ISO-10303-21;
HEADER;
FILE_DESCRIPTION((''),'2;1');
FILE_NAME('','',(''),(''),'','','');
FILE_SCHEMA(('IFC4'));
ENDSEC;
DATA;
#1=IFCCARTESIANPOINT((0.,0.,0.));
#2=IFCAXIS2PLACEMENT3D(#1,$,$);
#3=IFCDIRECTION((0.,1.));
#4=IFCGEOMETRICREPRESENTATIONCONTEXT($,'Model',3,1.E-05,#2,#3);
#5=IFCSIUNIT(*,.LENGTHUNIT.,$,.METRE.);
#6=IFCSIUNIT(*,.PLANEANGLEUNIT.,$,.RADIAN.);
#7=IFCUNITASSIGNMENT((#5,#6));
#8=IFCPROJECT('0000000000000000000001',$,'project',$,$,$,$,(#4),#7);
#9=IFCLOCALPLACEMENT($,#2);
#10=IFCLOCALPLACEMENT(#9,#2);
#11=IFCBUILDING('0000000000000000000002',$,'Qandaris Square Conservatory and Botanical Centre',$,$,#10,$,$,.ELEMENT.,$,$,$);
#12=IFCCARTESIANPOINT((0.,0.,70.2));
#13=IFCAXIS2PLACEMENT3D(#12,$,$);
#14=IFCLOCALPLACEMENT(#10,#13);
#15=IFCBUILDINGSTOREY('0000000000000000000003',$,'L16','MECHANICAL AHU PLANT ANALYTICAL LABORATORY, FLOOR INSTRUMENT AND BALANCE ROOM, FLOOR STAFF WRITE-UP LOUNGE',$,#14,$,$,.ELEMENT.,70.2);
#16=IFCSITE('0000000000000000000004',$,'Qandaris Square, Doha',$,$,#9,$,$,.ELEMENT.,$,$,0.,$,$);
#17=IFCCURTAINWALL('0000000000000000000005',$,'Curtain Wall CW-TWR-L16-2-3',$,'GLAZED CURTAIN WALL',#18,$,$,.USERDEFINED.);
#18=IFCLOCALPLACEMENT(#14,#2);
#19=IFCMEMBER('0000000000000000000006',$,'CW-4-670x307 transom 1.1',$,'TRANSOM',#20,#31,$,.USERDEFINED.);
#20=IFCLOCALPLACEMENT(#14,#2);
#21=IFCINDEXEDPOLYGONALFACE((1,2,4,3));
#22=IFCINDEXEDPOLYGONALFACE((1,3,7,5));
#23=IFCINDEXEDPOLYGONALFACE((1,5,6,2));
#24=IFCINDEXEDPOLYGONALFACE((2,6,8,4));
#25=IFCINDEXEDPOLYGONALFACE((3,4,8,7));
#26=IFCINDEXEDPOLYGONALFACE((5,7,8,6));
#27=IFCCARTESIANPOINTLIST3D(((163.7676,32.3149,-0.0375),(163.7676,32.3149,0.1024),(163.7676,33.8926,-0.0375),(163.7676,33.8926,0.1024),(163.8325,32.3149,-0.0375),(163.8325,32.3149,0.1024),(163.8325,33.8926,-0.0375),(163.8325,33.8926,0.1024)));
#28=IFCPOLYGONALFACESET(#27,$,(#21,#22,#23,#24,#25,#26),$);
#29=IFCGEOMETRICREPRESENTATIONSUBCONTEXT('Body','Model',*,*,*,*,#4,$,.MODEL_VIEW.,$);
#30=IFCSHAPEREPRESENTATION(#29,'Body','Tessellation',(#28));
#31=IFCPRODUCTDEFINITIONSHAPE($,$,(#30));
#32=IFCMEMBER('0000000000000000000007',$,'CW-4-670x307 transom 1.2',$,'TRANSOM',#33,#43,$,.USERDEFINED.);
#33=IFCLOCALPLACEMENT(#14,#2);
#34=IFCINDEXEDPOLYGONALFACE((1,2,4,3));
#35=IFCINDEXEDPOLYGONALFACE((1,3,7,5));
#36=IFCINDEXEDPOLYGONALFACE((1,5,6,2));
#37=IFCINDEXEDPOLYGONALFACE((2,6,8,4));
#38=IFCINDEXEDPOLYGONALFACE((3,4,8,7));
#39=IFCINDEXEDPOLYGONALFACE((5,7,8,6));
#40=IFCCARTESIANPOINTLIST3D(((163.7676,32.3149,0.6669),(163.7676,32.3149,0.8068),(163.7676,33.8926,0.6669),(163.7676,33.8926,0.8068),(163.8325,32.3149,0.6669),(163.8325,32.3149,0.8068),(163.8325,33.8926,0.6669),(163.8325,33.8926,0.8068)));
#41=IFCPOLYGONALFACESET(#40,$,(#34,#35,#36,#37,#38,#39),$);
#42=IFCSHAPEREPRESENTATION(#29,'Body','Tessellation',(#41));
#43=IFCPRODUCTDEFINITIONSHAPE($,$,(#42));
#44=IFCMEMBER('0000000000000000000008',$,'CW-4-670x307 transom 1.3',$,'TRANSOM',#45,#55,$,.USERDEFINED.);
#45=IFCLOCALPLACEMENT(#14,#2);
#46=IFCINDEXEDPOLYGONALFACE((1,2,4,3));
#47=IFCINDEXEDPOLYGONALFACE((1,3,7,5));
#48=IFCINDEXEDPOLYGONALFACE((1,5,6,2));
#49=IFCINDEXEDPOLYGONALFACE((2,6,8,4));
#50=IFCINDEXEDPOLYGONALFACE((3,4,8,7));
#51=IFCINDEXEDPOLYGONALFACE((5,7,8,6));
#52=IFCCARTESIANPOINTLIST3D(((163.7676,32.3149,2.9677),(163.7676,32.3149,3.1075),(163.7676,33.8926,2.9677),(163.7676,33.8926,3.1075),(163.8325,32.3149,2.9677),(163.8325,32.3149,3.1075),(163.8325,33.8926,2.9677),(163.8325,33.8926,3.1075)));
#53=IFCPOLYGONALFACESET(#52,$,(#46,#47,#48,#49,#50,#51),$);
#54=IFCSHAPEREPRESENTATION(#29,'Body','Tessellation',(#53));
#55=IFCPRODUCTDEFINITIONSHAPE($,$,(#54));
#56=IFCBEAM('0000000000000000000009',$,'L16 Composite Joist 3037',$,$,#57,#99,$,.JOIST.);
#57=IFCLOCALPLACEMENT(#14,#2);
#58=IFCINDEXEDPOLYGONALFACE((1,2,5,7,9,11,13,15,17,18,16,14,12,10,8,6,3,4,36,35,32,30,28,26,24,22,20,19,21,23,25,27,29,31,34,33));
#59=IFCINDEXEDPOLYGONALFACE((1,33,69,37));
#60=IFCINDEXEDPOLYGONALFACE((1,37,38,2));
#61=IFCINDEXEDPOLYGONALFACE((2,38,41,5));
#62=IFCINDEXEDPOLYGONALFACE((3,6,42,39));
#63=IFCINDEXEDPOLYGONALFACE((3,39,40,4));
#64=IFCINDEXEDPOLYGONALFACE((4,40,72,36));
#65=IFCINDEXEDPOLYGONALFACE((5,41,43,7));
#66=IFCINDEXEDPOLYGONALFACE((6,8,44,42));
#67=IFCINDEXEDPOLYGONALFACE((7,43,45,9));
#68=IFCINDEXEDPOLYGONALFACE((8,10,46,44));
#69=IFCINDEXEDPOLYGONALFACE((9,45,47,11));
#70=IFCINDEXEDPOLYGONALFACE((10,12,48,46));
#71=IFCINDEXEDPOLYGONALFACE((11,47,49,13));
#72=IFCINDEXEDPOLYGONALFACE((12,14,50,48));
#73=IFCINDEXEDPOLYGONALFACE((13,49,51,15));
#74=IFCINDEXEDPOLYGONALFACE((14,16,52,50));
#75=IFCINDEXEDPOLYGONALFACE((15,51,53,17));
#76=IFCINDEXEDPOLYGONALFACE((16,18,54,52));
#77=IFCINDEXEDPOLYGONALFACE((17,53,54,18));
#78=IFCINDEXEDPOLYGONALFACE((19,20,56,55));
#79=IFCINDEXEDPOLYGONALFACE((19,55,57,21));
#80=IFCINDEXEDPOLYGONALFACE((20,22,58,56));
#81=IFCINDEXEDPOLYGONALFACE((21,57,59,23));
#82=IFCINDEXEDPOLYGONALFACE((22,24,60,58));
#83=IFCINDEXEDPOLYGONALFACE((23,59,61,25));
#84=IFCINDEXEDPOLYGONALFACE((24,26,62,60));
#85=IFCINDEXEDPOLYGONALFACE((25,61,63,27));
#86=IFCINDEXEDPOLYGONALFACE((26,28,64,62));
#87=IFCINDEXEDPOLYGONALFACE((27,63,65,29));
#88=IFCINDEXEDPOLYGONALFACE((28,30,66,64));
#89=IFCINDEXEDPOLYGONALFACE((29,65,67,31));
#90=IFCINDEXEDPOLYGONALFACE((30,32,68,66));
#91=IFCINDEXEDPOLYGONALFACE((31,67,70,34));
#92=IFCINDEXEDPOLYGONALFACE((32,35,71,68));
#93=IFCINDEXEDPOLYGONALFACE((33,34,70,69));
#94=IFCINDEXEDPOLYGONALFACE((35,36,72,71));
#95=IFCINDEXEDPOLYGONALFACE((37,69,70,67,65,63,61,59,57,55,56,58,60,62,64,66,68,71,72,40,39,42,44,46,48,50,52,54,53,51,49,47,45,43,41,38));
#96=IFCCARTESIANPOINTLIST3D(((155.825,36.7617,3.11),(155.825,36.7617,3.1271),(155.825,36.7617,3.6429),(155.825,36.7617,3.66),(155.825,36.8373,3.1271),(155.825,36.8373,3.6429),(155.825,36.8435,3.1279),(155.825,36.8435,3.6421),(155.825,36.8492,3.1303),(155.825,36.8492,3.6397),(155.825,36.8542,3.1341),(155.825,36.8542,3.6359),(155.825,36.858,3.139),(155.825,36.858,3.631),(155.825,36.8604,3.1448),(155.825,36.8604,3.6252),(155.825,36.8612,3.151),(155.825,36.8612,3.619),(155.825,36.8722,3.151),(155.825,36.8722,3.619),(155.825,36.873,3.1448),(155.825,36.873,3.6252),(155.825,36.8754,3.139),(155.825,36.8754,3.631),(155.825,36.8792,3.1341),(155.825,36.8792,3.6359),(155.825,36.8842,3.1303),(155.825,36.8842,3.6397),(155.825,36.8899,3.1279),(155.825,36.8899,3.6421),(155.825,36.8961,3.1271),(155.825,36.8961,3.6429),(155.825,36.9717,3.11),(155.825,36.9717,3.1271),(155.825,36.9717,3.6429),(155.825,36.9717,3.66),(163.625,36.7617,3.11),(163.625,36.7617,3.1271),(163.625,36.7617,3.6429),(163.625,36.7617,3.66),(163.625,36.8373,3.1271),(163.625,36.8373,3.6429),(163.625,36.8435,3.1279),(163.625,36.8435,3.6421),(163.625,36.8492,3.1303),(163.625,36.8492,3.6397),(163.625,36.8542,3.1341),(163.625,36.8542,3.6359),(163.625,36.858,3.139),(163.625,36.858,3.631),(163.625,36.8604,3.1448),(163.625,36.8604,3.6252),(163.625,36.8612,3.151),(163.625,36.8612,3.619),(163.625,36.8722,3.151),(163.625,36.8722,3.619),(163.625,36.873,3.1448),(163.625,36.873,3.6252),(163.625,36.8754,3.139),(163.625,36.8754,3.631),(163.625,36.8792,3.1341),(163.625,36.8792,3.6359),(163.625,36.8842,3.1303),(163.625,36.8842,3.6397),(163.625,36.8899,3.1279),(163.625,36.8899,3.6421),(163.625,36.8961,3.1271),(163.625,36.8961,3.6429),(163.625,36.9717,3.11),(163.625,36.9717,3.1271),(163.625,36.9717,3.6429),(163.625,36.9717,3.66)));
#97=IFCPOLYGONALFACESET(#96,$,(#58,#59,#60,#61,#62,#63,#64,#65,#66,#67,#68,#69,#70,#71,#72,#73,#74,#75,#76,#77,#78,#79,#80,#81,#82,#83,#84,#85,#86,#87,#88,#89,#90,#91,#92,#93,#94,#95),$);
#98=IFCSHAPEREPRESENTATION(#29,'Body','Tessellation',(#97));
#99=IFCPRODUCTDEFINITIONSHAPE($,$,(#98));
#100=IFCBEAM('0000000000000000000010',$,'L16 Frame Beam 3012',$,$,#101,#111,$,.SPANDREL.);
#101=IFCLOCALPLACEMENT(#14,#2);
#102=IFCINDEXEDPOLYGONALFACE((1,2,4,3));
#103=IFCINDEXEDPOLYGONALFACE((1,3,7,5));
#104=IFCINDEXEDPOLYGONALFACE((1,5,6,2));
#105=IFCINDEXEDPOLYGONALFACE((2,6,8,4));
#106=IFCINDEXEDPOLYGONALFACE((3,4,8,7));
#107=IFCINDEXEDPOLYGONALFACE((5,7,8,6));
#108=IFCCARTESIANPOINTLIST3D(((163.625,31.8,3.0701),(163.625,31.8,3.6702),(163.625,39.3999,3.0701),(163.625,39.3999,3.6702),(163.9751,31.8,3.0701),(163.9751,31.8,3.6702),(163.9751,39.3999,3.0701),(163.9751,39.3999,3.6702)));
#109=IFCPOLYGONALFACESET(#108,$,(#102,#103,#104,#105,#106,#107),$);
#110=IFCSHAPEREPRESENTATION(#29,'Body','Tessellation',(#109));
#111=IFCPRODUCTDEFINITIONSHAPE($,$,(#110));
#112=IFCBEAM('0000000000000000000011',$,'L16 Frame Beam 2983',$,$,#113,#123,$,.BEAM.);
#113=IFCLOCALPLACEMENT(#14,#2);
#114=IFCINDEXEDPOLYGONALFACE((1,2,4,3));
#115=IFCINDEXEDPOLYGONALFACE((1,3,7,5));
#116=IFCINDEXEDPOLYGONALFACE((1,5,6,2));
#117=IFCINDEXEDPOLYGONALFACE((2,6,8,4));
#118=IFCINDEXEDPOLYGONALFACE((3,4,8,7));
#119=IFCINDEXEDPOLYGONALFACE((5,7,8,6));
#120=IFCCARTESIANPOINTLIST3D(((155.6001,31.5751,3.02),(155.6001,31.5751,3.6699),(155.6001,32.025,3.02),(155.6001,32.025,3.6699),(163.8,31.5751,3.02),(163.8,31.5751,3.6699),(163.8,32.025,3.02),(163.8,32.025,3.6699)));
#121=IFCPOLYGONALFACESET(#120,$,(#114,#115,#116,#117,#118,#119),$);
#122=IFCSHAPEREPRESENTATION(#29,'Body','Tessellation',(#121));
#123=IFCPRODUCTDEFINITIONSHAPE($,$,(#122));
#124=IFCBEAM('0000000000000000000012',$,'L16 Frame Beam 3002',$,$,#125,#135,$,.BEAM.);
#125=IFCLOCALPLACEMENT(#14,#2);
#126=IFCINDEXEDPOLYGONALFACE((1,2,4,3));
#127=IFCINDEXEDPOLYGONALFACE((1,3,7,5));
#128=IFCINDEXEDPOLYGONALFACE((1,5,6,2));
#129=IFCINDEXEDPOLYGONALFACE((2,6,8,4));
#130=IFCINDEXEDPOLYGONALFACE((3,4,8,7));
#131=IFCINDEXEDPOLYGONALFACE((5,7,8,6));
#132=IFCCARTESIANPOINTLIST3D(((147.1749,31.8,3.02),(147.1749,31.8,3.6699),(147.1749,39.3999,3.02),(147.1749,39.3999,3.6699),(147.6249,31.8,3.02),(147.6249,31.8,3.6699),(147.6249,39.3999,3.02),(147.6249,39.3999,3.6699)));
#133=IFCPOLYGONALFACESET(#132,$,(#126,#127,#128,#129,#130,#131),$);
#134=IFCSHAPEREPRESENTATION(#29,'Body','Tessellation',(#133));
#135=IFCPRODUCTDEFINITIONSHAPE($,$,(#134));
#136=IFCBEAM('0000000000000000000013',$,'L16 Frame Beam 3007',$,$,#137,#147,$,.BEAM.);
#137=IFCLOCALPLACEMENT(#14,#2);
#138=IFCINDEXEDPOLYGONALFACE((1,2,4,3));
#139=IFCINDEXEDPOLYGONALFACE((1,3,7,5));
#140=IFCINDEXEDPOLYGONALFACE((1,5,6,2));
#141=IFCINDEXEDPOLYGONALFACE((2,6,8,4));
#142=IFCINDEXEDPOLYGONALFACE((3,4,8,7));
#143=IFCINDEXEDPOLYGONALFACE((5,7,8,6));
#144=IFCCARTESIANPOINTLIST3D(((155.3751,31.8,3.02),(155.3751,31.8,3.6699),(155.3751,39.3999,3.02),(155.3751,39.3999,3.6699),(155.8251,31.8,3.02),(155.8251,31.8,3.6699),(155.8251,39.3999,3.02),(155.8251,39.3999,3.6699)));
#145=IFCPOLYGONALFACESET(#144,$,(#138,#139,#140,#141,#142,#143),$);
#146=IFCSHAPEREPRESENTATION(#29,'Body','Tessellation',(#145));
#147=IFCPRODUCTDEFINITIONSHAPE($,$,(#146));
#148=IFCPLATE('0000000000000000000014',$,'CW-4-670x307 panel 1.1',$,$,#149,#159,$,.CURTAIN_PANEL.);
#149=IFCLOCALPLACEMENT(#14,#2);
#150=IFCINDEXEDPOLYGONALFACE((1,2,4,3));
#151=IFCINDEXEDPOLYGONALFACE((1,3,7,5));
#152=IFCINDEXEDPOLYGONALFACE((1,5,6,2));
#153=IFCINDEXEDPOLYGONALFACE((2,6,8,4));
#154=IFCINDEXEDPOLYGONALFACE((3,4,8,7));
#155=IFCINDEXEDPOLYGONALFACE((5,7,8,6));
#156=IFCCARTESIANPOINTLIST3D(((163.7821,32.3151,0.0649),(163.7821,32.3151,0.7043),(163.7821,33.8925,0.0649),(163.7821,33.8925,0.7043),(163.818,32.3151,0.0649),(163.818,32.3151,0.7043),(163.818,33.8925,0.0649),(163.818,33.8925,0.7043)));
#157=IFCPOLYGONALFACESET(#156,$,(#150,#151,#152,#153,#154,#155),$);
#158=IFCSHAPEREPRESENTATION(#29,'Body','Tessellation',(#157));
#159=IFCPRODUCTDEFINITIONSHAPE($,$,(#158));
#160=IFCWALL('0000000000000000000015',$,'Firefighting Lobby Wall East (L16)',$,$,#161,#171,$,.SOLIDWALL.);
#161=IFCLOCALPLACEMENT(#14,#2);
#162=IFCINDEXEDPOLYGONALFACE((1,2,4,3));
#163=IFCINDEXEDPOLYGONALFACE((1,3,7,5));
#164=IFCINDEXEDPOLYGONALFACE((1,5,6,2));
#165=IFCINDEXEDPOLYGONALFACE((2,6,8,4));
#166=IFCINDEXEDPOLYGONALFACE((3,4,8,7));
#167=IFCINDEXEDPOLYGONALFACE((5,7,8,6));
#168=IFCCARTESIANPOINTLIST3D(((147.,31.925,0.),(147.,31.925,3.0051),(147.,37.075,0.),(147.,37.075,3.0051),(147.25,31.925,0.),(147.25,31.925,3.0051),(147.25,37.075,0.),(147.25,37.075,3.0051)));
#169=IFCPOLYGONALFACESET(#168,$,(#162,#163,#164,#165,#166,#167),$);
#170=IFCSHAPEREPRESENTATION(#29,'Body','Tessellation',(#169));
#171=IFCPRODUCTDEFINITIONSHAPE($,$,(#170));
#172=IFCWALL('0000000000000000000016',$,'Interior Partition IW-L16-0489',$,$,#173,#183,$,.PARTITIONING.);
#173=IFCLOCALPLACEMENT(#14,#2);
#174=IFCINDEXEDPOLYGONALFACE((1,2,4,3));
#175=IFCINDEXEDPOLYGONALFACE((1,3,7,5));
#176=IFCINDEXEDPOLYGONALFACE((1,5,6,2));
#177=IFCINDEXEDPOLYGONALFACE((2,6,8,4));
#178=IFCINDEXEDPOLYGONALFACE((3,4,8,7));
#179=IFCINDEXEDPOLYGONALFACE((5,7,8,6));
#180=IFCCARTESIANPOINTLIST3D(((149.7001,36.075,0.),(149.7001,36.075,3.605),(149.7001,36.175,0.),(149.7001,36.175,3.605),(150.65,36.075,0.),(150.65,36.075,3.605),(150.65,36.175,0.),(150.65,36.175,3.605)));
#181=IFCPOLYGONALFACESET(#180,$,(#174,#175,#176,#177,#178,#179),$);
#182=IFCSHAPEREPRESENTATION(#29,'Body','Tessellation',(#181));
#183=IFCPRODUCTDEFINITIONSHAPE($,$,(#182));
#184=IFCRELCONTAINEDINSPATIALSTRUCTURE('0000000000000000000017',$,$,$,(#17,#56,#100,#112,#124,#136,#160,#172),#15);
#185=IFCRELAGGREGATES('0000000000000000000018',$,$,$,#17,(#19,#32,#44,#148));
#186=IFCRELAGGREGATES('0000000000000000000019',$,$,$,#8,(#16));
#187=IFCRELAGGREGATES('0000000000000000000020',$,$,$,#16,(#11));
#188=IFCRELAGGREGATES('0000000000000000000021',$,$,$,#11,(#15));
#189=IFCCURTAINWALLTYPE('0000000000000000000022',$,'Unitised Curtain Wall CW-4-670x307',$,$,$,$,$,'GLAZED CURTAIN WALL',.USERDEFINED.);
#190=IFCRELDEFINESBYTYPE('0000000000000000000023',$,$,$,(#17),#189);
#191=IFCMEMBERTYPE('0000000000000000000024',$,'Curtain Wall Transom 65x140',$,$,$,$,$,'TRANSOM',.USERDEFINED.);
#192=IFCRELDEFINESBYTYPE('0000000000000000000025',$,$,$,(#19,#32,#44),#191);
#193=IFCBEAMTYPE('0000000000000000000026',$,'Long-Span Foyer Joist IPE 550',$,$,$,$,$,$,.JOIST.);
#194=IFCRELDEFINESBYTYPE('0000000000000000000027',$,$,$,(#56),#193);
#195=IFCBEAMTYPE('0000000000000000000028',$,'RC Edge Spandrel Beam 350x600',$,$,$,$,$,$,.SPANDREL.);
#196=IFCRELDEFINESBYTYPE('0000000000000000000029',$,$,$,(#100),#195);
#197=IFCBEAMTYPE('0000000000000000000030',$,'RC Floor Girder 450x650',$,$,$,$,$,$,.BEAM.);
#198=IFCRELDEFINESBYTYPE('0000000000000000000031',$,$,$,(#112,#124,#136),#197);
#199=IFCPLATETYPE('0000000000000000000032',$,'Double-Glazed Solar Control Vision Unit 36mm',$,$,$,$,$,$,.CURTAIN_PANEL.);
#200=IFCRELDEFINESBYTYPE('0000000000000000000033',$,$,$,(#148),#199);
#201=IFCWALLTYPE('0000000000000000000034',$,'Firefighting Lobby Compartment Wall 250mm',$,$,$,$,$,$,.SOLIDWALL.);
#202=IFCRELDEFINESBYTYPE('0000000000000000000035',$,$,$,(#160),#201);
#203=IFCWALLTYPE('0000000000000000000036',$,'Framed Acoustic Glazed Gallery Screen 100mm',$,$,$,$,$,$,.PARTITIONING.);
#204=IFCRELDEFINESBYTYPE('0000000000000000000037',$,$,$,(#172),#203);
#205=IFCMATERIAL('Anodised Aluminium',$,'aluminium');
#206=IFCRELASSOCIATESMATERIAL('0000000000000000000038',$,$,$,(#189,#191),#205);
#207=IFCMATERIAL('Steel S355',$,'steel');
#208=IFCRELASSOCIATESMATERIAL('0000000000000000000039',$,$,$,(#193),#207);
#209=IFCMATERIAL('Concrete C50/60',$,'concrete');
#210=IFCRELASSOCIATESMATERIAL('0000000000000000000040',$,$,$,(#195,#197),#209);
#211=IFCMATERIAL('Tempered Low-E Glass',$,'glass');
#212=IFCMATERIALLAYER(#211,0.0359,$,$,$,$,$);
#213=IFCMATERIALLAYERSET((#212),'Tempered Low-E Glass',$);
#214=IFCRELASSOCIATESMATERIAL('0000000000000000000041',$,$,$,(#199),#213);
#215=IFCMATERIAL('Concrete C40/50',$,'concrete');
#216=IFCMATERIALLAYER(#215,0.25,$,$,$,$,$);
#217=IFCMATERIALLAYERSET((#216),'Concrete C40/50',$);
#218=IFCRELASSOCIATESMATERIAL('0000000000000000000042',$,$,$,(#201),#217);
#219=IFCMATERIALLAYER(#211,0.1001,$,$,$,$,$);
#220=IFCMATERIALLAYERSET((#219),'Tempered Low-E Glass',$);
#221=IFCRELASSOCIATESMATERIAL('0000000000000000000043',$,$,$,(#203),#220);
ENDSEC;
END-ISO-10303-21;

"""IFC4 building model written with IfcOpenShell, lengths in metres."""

from ifc_helpers import new_model, si_unit, direction, frame, frame_2d, origin, origin_2d, place, context, subcontext, project, spatial, rectangle, i_section, extrude, material, layer, layer_set, material_profile, profile_set, type_object, element, aggregate, save


model = new_model("IFC4")

# Units and contexts
model_context = context("Model", 3, precision=1e-05, world=origin(), true_north=direction((0.0, 1.0)))
body_context = subcontext(model_context, "Body", "Model", "MODEL_VIEW")
ifc_project = project(units=[si_unit("LENGTHUNIT", "METRE"), si_unit("PLANEANGLEUNIT", "RADIAN")], contexts=[model_context])

# Site, building, storey
site_placement = place(None, origin())
site = spatial("IfcSite", under=ifc_project, at=site_placement, Name="Qandaris Square, Doha", CompositionType="ELEMENT", RefElevation=0.0)
building_placement = place(site_placement, origin())
building = spatial("IfcBuilding", under=site, at=building_placement, Name="Qandaris Square Conservatory and Botanical Centre", CompositionType="ELEMENT")
storey_placement = place(building_placement, frame((0.0, 0.0, 70.2)))
storey = spatial("IfcBuildingStorey", under=building, at=storey_placement, Name="L16", Description="MECHANICAL AHU PLANT ANALYTICAL LABORATORY, FLOOR INSTRUMENT AND BALANCE ROOM, FLOOR STAFF WRITE-UP LOUNGE", CompositionType="ELEMENT", Elevation=70.2)

# Shared definitions
ifc_material_1 = material(Name="Concrete C50/60", Category="concrete")

# Shared definitions
ifc_material_2 = material(Name="Steel S355", Category="steel")

# Curtain wall, members
ifc_material_3 = material(Name="Anodised Aluminium", Category="aluminium")
curtain_wall_type = type_object("IfcCurtainWallType", Name="Unitised Curtain Wall CW-4-670x307", ElementType="GLAZED CURTAIN WALL", PredefinedType="USERDEFINED", material=ifc_material_3)
curtain_wall_placement = place(storey_placement, origin())
curtain_wall = element("IfcCurtainWall", 1, at=curtain_wall_placement, inside=storey, type_object=curtain_wall_type, Name="Curtain Wall CW-TWR-L16-2-3", ObjectType="GLAZED CURTAIN WALL", PredefinedType="USERDEFINED")
ifc_material_profile_1 = material_profile(ifc_material_3, rectangle(XDim=0.0649, YDim=0.1399, at=origin_2d()), Name="ALU-TRN 65x140")
ifc_profile_set_1 = profile_set([ifc_material_profile_1], Name="Anodised Aluminium")
member_type_1 = type_object("IfcMemberType", Name="Curtain Wall Transom 65x140", ElementType="TRANSOM", PredefinedType="USERDEFINED", material=ifc_profile_set_1)
member_1_placement = place(storey_placement, frame((163.8, 32.3149, 0.0325), z_axis=(0.0, 1.0, 0.0), x_axis=(-1.0, 0.0, 0.0)))
member_1 = element("IfcMember", 2, at=member_1_placement, type_object=member_type_1, Name="CW-4-670x307 transom 1.1", ObjectType="TRANSOM", PredefinedType="USERDEFINED", context=body_context, shape_type="SweptSolid", body=[
    extrude(rectangle(XDim=0.0649, YDim=0.1399, at=origin_2d()), origin(), (0.0, 0.0, 1.0), 1.5776),
])
member_2_placement = place(storey_placement, frame((163.8, 32.3149, 0.7368), z_axis=(0.0, 1.0, 0.0), x_axis=(-1.0, 0.0, 0.0)))
member_2 = element("IfcMember", 3, at=member_2_placement, type_object=member_type_1, Name="CW-4-670x307 transom 1.2", ObjectType="TRANSOM", PredefinedType="USERDEFINED", context=body_context, shape_type="SweptSolid", body=[
    extrude(rectangle(XDim=0.0649, YDim=0.1399, at=origin_2d()), origin(), (0.0, 0.0, 1.0), 1.5776),
])
member_3_placement = place(storey_placement, frame((163.8, 32.3149, 3.0376), z_axis=(0.0, 1.0, 0.0), x_axis=(-1.0, 0.0, 0.0)))
member_3 = element("IfcMember", 4, at=member_3_placement, type_object=member_type_1, Name="CW-4-670x307 transom 1.3", ObjectType="TRANSOM", PredefinedType="USERDEFINED", context=body_context, shape_type="SweptSolid", body=[
    extrude(rectangle(XDim=0.0649, YDim=0.1399, at=origin_2d()), origin(), (0.0, 0.0, 1.0), 1.5776),
])

# Beams
ifc_material_profile_2 = material_profile(ifc_material_2, i_section(OverallWidth=0.21, OverallDepth=0.55, WebThickness=0.011, FlangeThickness=0.0171, FilletRadius=0.0239, at=origin_2d()), Name="IPE 550")
ifc_profile_set_2 = profile_set([ifc_material_profile_2], Name="Steel S355")
beam_type_1 = type_object("IfcBeamType", Name="Long-Span Foyer Joist IPE 550", PredefinedType="JOIST", material=ifc_profile_set_2)
beam_1_placement = place(storey_placement, frame((155.825, 36.8667, 3.385), z_axis=(1.0, 0.0, 0.0), x_axis=(0.0, 1.0, 0.0)))
element("IfcBeam", 5, at=beam_1_placement, inside=storey, type_object=beam_type_1, Name="L16 Composite Joist 3037", PredefinedType="JOIST", context=body_context, shape_type="SweptSolid", body=[
    extrude(i_section(OverallWidth=0.21, OverallDepth=0.55, WebThickness=0.011, FlangeThickness=0.0171, FilletRadius=0.0239, at=origin_2d()), origin(), (0.0, 0.0, 1.0), 7.8),
])
ifc_material_profile_3 = material_profile(ifc_material_1, rectangle(XDim=0.3501, YDim=0.6001, at=origin_2d()), Name="RC-SP 350x600")
ifc_profile_set_3 = profile_set([ifc_material_profile_3], Name="Concrete C50/60")
beam_type_2 = type_object("IfcBeamType", Name="RC Edge Spandrel Beam 350x600", PredefinedType="SPANDREL", material=ifc_profile_set_3)
beam_2_placement = place(storey_placement, frame((163.8, 31.8, 3.3701), z_axis=(0.0, 1.0, 0.0), x_axis=(-1.0, 0.0, 0.0)))
element("IfcBeam", 6, at=beam_2_placement, inside=storey, type_object=beam_type_2, Name="L16 Frame Beam 3012", PredefinedType="SPANDREL", context=body_context, shape_type="SweptSolid", body=[
    extrude(rectangle(XDim=0.3501, YDim=0.6001, at=origin_2d()), origin(), (0.0, 0.0, 1.0), 7.5999),
])
ifc_material_profile_4 = material_profile(ifc_material_1, rectangle(XDim=0.45, YDim=0.6499, at=origin_2d()), Name="RC-BM 450x650")
ifc_profile_set_4 = profile_set([ifc_material_profile_4], Name="Concrete C50/60")
beam_type_3 = type_object("IfcBeamType", Name="RC Floor Girder 450x650", PredefinedType="BEAM", material=ifc_profile_set_4)
beam_3_placement = place(storey_placement, frame((155.6001, 31.8, 3.345), z_axis=(1.0, 0.0, 0.0), x_axis=(0.0, 1.0, 0.0)))
element("IfcBeam", 7, at=beam_3_placement, inside=storey, type_object=beam_type_3, Name="L16 Frame Beam 2983", PredefinedType="BEAM", context=body_context, shape_type="SweptSolid", body=[
    extrude(rectangle(XDim=0.45, YDim=0.6499, at=origin_2d()), origin(), (0.0, 0.0, 1.0), 8.2),
])
for number, where, z_axis, x_axis, name in (
    (8, (147.3999, 31.8, 3.345), (0.0, 1.0, 0.0), (-1.0, 0.0, 0.0), "L16 Frame Beam 3002"),
    (9, (155.6001, 31.8, 3.345), (0.0, 1.0, 0.0), (-1.0, 0.0, 0.0), "L16 Frame Beam 3007"),
):
    element("IfcBeam", number, at=place(storey_placement, frame(where, z_axis=z_axis, x_axis=x_axis)), inside=storey, type_object=beam_type_3, Name=name, PredefinedType="BEAM", context=body_context, shape_type="SweptSolid", body=[
        extrude(rectangle(XDim=0.45, YDim=0.6499, at=origin_2d()), origin(), (0.0, 0.0, 1.0), 7.5999),
    ])

# Plate
ifc_material_4 = material(Name="Tempered Low-E Glass", Category="glass")
ifc_layer_1 = layer(ifc_material_4, 0.0359)
ifc_layer_set_1 = layer_set([ifc_layer_1], Name="Tempered Low-E Glass")
plate_type = type_object("IfcPlateType", Name="Double-Glazed Solar Control Vision Unit 36mm", PredefinedType="CURTAIN_PANEL", material=ifc_layer_set_1)
plate_placement = place(storey_placement, frame((163.8, 33.1038, 0.0649), z_axis=(0.0, 0.0, 1.0), x_axis=(0.0, 1.0, 0.0)))
plate = element("IfcPlate", 10, at=plate_placement, type_object=plate_type, Name="CW-4-670x307 panel 1.1", PredefinedType="CURTAIN_PANEL", context=body_context, shape_type="SweptSolid", body=[
    extrude(rectangle(XDim=1.5774, YDim=0.0359, at=origin_2d()), origin(), (0.0, 0.0, 1.0), 0.6394),
])
aggregate(curtain_wall, [member_1, member_2, member_3, plate])

# Walls
ifc_material_5 = material(Name="Concrete C40/50", Category="concrete")
ifc_layer_2 = layer(ifc_material_5, 0.25)
ifc_layer_set_2 = layer_set([ifc_layer_2], Name="Concrete C40/50")
wall_type_1 = type_object("IfcWallType", Name="Firefighting Lobby Compartment Wall 250mm", PredefinedType="SOLIDWALL", material=ifc_layer_set_2)
wall_1_placement = place(storey_placement, frame((147.125, 31.925, 0.0), z_axis=(0.0, 0.0, 1.0), x_axis=(0.0, 1.0, 0.0)))
element("IfcWall", 11, at=wall_1_placement, inside=storey, type_object=wall_type_1, Name="Firefighting Lobby Wall East (L16)", PredefinedType="SOLIDWALL", context=body_context, shape_type="SweptSolid", body=[
    extrude(rectangle(XDim=5.1499, YDim=0.25, at=frame_2d((2.575, 0.0))), origin(), (0.0, 0.0, 1.0), 3.0051),
])
ifc_layer_3 = layer(ifc_material_4, 0.1001)
ifc_layer_set_3 = layer_set([ifc_layer_3], Name="Tempered Low-E Glass")
wall_type_2 = type_object("IfcWallType", Name="Framed Acoustic Glazed Gallery Screen 100mm", PredefinedType="PARTITIONING", material=ifc_layer_set_3)
wall_2_placement = place(storey_placement, frame((149.7, 36.125, 0.0), z_axis=(0.0, 0.0, 1.0), x_axis=(1.0, 0.0, 0.0)))
element("IfcWall", 12, at=wall_2_placement, inside=storey, type_object=wall_type_2, Name="Interior Partition IW-L16-0489", PredefinedType="PARTITIONING", context=body_context, shape_type="SweptSolid", body=[
    extrude(rectangle(XDim=0.95, YDim=0.1001, at=frame_2d((0.4751, 0.0))), origin(), (0.0, 0.0, 1.0), 3.605),
])

save(model, "model.ifc")
